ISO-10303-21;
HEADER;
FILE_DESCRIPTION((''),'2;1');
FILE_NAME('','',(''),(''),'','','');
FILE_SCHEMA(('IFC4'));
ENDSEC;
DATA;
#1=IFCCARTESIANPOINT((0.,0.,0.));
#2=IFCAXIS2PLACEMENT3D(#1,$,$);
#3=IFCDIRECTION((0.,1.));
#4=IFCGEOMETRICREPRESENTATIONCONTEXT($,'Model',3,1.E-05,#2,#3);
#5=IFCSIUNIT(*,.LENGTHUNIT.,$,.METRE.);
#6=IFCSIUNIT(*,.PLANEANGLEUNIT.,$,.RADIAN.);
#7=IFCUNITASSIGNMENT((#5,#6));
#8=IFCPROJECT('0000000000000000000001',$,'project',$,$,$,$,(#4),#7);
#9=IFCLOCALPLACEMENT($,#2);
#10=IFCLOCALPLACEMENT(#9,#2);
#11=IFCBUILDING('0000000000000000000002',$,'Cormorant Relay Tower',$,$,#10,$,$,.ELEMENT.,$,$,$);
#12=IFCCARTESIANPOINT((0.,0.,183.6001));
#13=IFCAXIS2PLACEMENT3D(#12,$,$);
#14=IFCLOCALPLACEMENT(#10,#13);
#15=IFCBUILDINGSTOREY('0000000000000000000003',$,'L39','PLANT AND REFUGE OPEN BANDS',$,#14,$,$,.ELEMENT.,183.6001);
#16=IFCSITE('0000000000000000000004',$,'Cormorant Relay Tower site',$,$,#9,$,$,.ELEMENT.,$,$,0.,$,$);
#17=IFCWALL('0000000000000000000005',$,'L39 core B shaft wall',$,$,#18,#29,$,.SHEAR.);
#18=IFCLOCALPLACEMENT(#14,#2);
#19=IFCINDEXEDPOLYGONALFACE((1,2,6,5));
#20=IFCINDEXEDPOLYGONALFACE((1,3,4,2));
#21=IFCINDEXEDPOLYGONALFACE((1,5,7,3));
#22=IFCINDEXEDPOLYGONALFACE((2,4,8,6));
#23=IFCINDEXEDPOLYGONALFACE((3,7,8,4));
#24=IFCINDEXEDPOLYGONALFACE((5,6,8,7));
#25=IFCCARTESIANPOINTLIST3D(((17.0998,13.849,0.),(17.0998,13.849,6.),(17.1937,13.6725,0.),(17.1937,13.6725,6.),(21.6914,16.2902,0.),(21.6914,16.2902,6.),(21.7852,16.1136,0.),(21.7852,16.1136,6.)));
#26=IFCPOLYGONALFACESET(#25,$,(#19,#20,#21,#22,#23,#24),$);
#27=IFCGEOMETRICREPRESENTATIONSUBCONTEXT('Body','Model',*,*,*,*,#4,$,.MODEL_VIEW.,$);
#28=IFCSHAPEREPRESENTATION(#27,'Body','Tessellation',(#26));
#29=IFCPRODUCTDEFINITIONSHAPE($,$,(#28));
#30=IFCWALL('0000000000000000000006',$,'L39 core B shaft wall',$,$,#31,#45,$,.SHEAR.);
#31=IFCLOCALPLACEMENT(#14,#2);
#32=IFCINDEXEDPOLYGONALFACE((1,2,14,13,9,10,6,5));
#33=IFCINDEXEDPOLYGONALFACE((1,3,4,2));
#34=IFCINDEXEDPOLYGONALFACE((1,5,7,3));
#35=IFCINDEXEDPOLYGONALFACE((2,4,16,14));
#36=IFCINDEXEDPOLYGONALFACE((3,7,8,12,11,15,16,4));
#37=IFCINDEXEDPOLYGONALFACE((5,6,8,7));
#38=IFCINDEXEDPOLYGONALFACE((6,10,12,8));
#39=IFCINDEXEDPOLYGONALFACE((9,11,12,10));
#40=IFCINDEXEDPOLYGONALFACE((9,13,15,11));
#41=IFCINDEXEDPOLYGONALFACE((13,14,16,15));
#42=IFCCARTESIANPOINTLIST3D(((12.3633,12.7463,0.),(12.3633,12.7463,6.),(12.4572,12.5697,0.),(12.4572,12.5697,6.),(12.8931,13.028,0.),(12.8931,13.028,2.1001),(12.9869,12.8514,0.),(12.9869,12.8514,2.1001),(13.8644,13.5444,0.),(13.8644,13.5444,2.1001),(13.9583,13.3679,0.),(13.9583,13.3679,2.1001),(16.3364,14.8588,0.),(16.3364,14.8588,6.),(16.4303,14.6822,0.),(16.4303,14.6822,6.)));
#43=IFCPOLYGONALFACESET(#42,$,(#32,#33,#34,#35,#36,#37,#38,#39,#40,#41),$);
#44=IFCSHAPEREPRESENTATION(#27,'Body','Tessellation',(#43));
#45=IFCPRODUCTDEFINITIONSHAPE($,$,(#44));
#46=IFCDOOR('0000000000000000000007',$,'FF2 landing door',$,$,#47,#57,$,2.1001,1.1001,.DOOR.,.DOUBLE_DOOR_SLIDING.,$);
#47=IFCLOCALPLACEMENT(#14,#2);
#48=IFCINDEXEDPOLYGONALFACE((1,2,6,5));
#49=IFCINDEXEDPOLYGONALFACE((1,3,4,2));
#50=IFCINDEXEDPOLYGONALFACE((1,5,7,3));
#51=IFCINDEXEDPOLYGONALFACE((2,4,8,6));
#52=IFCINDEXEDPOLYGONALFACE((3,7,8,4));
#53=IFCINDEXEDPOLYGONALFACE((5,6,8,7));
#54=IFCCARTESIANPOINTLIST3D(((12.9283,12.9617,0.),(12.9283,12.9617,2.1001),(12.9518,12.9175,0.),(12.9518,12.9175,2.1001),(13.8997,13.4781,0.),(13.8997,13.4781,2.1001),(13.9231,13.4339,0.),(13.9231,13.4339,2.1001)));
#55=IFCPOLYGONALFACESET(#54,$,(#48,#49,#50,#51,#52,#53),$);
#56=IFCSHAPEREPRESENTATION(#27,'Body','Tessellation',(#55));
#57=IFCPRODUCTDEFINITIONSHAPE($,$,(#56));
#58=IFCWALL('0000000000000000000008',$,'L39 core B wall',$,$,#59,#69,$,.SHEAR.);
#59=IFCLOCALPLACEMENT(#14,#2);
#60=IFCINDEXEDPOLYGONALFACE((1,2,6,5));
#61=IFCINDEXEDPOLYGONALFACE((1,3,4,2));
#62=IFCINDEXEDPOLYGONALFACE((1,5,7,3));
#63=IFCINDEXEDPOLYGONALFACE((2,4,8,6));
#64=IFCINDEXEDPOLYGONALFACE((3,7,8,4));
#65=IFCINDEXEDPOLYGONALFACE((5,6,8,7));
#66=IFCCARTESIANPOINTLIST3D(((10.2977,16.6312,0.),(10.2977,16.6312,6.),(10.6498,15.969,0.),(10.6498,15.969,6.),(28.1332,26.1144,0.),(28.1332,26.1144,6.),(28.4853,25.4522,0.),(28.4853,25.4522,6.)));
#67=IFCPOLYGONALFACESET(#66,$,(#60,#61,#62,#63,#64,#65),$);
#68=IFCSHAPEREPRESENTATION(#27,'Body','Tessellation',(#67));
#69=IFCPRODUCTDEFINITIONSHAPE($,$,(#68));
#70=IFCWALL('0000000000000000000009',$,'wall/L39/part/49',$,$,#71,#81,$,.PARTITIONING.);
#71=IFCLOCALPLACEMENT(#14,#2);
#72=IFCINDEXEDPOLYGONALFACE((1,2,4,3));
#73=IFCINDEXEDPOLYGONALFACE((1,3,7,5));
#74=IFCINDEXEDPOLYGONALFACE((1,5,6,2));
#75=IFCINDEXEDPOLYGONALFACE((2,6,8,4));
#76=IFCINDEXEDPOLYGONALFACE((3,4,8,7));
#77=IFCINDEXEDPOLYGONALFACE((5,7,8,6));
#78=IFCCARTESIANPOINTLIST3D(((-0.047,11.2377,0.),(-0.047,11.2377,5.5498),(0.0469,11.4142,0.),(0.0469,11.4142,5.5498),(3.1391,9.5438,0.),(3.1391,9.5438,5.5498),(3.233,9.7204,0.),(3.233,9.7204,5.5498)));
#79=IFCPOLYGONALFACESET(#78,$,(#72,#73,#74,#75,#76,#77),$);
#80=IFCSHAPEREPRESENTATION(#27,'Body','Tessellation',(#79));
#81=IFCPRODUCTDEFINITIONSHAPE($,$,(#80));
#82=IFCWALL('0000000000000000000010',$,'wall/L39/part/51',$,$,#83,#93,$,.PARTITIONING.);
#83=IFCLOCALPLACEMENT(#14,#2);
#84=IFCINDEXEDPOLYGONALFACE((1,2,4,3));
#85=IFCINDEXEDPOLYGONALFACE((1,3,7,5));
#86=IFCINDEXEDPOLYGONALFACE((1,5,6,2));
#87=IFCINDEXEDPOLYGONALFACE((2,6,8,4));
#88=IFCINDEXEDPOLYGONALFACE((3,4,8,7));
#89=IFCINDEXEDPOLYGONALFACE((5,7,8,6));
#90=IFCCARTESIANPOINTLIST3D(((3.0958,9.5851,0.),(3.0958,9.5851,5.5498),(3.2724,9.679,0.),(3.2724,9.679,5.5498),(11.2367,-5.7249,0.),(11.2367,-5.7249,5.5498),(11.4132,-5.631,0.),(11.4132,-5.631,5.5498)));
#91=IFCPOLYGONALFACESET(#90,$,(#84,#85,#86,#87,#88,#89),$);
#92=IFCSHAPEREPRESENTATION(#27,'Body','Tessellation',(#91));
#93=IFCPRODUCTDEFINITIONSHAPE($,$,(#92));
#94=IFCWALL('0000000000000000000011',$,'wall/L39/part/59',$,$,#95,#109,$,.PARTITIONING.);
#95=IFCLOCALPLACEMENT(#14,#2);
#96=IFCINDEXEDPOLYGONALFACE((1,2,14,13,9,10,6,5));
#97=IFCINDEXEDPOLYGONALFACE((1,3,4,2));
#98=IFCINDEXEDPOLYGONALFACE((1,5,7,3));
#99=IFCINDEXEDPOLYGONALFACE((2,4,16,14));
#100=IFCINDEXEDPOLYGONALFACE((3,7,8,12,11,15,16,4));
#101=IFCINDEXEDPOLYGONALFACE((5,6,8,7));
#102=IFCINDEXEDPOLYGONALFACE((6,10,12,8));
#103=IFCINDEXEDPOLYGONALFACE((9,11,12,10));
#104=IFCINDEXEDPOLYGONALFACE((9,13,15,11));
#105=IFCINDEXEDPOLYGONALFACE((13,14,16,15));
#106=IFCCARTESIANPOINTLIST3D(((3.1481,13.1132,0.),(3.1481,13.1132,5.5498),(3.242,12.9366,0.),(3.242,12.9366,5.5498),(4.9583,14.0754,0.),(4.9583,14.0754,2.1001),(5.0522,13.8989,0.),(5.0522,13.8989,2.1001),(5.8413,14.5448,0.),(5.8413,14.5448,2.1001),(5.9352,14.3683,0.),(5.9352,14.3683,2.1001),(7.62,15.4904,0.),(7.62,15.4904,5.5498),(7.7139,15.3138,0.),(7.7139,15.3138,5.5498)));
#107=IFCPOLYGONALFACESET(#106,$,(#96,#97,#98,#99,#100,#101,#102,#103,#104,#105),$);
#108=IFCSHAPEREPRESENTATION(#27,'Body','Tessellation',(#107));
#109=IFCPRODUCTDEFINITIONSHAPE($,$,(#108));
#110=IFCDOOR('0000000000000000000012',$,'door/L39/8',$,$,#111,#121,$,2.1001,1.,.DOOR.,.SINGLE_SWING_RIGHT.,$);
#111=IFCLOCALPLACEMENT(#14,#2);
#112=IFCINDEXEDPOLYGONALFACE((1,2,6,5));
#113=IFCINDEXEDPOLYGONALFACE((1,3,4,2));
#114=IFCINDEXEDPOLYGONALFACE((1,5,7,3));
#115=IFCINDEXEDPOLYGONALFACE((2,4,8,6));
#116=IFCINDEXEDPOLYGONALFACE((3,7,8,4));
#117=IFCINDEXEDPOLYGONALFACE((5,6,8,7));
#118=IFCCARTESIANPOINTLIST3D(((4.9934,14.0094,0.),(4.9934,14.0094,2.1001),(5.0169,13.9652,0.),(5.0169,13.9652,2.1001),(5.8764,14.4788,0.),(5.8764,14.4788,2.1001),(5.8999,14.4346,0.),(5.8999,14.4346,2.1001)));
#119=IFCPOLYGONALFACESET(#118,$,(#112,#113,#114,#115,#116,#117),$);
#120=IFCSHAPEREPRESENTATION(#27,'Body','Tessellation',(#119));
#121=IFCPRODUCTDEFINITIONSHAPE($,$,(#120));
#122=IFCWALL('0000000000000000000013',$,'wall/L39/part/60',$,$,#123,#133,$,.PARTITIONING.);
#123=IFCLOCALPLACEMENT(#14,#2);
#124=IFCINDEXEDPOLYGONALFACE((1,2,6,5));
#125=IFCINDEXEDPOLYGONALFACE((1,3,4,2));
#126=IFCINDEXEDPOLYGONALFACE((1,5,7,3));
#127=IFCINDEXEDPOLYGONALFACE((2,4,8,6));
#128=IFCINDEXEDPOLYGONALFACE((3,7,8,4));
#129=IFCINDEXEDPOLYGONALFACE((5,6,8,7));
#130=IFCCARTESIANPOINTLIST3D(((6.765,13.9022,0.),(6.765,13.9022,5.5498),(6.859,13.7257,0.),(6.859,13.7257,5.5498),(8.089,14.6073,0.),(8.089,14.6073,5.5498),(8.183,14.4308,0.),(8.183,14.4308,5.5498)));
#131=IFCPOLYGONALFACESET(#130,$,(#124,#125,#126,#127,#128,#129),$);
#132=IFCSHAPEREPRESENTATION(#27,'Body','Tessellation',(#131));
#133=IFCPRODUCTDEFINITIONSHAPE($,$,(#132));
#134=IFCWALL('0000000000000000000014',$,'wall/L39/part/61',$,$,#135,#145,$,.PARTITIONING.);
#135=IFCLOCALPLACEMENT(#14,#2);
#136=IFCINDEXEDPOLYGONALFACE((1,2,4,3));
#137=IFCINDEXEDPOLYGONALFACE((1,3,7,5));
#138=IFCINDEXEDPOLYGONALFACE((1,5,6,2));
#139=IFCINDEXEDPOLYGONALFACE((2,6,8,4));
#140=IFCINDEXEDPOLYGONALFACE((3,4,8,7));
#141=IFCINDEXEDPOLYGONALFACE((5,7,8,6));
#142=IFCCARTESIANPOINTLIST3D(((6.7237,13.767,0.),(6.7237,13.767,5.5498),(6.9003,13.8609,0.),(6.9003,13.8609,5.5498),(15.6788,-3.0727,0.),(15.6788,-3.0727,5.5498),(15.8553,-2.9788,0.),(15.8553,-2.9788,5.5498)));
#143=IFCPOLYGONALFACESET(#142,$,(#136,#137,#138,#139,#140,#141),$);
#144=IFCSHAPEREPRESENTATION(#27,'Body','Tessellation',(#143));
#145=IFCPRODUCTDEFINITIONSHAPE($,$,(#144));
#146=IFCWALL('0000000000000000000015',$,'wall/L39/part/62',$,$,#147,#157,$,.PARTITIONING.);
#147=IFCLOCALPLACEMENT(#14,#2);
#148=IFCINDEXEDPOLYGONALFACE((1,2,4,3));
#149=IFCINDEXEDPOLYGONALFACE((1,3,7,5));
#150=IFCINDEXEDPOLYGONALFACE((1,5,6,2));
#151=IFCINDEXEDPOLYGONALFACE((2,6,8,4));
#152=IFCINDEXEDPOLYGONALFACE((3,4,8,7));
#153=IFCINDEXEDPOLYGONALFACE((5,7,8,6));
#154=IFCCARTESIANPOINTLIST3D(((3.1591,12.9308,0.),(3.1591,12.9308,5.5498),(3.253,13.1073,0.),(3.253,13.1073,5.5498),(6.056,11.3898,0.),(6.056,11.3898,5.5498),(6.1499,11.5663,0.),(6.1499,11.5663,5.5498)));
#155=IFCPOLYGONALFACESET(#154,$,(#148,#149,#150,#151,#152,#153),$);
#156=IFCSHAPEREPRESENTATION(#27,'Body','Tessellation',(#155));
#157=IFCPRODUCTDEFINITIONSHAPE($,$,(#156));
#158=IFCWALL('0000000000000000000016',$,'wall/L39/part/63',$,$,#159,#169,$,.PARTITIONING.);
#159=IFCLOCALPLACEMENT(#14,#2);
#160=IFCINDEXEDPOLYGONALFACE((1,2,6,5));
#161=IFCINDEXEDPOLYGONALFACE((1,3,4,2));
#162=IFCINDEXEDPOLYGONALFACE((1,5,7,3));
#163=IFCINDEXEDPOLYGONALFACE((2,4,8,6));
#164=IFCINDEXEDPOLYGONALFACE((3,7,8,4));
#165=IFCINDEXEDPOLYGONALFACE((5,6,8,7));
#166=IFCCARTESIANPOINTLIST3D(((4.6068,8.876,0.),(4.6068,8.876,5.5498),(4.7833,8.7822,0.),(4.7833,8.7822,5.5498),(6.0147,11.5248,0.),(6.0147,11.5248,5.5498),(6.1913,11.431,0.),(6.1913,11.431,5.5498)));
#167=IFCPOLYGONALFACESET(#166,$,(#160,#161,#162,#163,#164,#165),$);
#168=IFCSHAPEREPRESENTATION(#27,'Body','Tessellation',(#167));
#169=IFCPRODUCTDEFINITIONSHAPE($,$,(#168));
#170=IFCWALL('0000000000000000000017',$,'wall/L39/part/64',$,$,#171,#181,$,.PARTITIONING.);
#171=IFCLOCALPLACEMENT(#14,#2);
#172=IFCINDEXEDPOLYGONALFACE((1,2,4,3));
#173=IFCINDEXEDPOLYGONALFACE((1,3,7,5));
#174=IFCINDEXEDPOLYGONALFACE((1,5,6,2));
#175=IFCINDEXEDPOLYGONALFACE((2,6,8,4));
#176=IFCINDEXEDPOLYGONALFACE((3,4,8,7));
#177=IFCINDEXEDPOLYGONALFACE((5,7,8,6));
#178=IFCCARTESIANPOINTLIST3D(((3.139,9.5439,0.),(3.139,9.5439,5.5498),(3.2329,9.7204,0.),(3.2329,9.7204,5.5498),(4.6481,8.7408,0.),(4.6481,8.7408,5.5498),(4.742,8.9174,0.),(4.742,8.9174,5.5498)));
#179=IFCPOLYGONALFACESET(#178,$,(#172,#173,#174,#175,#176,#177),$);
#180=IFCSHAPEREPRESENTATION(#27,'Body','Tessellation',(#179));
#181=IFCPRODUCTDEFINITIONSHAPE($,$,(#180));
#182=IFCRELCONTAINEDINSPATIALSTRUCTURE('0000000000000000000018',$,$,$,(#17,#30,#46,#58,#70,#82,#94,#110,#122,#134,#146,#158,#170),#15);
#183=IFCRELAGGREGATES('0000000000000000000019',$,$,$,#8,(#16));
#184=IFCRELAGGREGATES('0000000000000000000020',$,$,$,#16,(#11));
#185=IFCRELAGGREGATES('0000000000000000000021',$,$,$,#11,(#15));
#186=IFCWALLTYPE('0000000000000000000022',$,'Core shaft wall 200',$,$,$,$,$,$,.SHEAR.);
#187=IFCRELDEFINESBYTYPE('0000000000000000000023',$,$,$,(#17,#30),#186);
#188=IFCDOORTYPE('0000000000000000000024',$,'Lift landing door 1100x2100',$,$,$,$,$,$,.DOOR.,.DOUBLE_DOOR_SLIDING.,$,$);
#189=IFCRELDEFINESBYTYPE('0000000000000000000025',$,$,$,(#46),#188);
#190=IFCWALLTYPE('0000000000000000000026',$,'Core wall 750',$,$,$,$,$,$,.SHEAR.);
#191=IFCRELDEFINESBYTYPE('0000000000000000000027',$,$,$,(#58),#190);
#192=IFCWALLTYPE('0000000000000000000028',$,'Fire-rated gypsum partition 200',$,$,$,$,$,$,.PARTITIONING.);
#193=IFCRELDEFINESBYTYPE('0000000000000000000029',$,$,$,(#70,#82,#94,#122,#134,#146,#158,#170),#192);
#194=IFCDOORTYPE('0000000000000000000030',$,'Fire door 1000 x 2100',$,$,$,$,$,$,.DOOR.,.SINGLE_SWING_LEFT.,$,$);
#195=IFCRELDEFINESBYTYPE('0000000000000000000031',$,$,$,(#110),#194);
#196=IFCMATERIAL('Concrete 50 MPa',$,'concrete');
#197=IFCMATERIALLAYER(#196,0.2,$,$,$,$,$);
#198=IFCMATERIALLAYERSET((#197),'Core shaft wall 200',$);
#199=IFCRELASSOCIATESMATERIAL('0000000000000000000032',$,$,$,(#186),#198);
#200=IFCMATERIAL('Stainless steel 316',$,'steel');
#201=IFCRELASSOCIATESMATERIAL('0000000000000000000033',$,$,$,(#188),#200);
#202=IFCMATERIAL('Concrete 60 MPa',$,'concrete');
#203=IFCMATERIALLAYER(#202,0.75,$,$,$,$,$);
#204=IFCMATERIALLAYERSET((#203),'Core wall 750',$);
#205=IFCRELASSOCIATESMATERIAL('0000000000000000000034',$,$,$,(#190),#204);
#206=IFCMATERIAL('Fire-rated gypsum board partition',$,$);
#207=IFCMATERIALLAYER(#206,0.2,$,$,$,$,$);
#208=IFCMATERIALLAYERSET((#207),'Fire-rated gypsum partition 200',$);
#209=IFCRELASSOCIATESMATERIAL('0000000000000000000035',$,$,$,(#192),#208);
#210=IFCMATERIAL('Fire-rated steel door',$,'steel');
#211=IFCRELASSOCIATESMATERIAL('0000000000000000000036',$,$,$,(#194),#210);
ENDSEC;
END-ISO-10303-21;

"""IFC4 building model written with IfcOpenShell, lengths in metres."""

from ifc_helpers import new_model, si_unit, direction, frame, frame_2d, origin, place, context, subcontext, project, spatial, rectangle, extrude, material, layer, layer_set, type_object, element, fill, save


model = new_model("IFC4")

# Units and contexts
model_context = context("Model", 3, precision=1e-05, world=origin(), true_north=direction((0.0, 1.0)))
body_context = subcontext(model_context, "Body", "Model", "MODEL_VIEW")
ifc_project = project(units=[si_unit("LENGTHUNIT", "METRE"), si_unit("PLANEANGLEUNIT", "RADIAN")], contexts=[model_context])

# Site, building, storey
site_placement = place(None, origin())
site = spatial("IfcSite", under=ifc_project, at=site_placement, Name="Cormorant Relay Tower site", CompositionType="ELEMENT", RefElevation=0.0)
building_placement = place(site_placement, origin())
building = spatial("IfcBuilding", under=site, at=building_placement, Name="Cormorant Relay Tower", CompositionType="ELEMENT")
storey_placement = place(building_placement, frame((0.0, 0.0, 183.6001)))
storey = spatial("IfcBuildingStorey", under=building, at=storey_placement, Name="L39", Description="PLANT AND REFUGE OPEN BANDS", CompositionType="ELEMENT", Elevation=183.6001)

# Shared definitions
ifc_material_1 = material(Name="Concrete 50 MPa", Category="concrete")
ifc_layer_1 = layer(ifc_material_1, 0.2)
ifc_layer_set_1 = layer_set([ifc_layer_1], Name="Core shaft wall 200")
wall_type_1 = type_object("IfcWallType", Name="Core shaft wall 200", PredefinedType="SHEAR", material=ifc_layer_set_1)

# Wall
wall_1_placement = place(storey_placement, frame((17.1467, 13.7607, 0.0), z_axis=(0.0, 0.0, 1.0), x_axis=(0.882964, 0.46944, 0.0)))
element("IfcWall", 1, at=wall_1_placement, inside=storey, type_object=wall_type_1, Name="L39 core B shaft wall", PredefinedType="SHEAR", context=body_context, shape_type="SweptSolid", body=[
    extrude(rectangle(XDim=5.2002, YDim=0.2, at=frame_2d((2.6001, 0.0))), origin(), (0.0, 0.0, 1.0), 6.0),
])

# Wall, opening, door
wall_2_placement = place(storey_placement, frame((12.4102, 12.658, 0.0), z_axis=(0.0, 0.0, 1.0), x_axis=(0.882948, 0.46947, 0.0)))
wall_2 = element("IfcWall", 2, at=wall_2_placement, inside=storey, type_object=wall_type_1, Name="L39 core B shaft wall", PredefinedType="SHEAR", context=body_context, shape_type="SweptSolid", body=[
    extrude(rectangle(XDim=4.4998, YDim=0.2, at=frame_2d((2.25, 0.0))), origin(), (0.0, 0.0, 1.0), 6.0),
])
opening_1_placement = place(wall_2_placement, frame((0.6001, 0.0, 0.0)))
opening_1 = element("IfcOpeningElement", 3, at=opening_1_placement, cuts=wall_2, PredefinedType="OPENING", context=body_context, shape_type="SweptSolid", body=[
    extrude(rectangle(XDim=1.1001, YDim=2.1001, at=frame_2d((0.55, 1.05))), frame((0.0, 0.1099, 0.0), z_axis=(0.0, -1.0, 0.0), x_axis=(1.0, 0.0, 0.0)), (0.0, 0.0, 1.0), 0.22),
])
ifc_material_2 = material(Name="Stainless steel 316", Category="steel")
door_type_1 = type_object("IfcDoorType", Name="Lift landing door 1100x2100", OperationType="DOUBLE_DOOR_SLIDING", PredefinedType="DOOR", material=ifc_material_2)
door_1_placement = place(opening_1_placement, origin())
door_1 = element("IfcDoor", 4, at=door_1_placement, inside=storey, type_object=door_type_1, Name="FF2 landing door", OperationType="DOUBLE_DOOR_SLIDING", OverallHeight=2.1001, OverallWidth=1.1001, PredefinedType="DOOR", context=body_context, shape_type="SweptSolid", body=[
    extrude(rectangle(XDim=1.1001, YDim=2.1001, at=frame_2d((0.55, 1.05))), frame((0.0, 0.0249, 0.0), z_axis=(0.0, -1.0, 0.0), x_axis=(1.0, 0.0, 0.0)), (0.0, 0.0, 1.0), 0.05),
])
fill(opening_1, door_1)

# Walls
ifc_material_3 = material(Name="Concrete 60 MPa", Category="concrete")
ifc_layer_2 = layer(ifc_material_3, 0.75)
ifc_layer_set_2 = layer_set([ifc_layer_2], Name="Core wall 750")
wall_type_2 = type_object("IfcWallType", Name="Core wall 750", PredefinedType="SHEAR", material=ifc_layer_set_2)
wall_3_placement = place(storey_placement, frame((10.4736, 16.3, 0.0), z_axis=(0.0, 0.0, 1.0), x_axis=(0.88295, 0.469467, 0.0)))
element("IfcWall", 5, at=wall_3_placement, inside=storey, type_object=wall_type_2, Name="L39 core B wall", PredefinedType="SHEAR", context=body_context, shape_type="SweptSolid", body=[
    extrude(rectangle(XDim=20.2, YDim=0.75, at=frame_2d((10.1001, 0.0))), origin(), (0.0, 0.0, 1.0), 6.0),
])
ifc_material_4 = material(Name="Fire-rated gypsum board partition")
ifc_layer_3 = layer(ifc_material_4, 0.2)
ifc_layer_set_3 = layer_set([ifc_layer_3], Name="Fire-rated gypsum partition 200")
wall_type_3 = type_object("IfcWallType", Name="Fire-rated gypsum partition 200", PredefinedType="PARTITIONING", material=ifc_layer_set_3)
wall_4_placement = place(storey_placement, frame((3.186, 9.6321, 0.0), z_axis=(0.0, 0.0, 1.0), x_axis=(-0.88297, 0.469429, 0.0)))
element("IfcWall", 6, at=wall_4_placement, inside=storey, type_object=wall_type_3, Name="wall/L39/part/49", PredefinedType="PARTITIONING", context=body_context, shape_type="SweptSolid", body=[
    extrude(rectangle(XDim=3.6084, YDim=0.2, at=frame_2d((1.8042, 0.0))), origin(), (0.0, 0.0, 1.0), 5.5498),
])
wall_5_placement = place(storey_placement, frame((3.1841, 9.6321, 0.0), z_axis=(0.0, 0.0, 1.0), x_axis=(0.469488, -0.882939, 0.0)))
element("IfcWall", 7, at=wall_5_placement, inside=storey, type_object=wall_type_3, Name="wall/L39/part/51", PredefinedType="PARTITIONING", context=body_context, shape_type="SweptSolid", body=[
    extrude(rectangle(XDim=17.3398, YDim=0.2, at=frame_2d((8.6699, 0.0))), origin(), (0.0, 0.0, 1.0), 5.5498),
])

# Wall, opening, door
wall_6_placement = place(storey_placement, frame((3.1951, 13.0249, 0.0), z_axis=(0.0, 0.0, 1.0), x_axis=(0.882994, 0.469384, 0.0)))
wall_6 = element("IfcWall", 8, at=wall_6_placement, inside=storey, type_object=wall_type_3, Name="wall/L39/part/59", PredefinedType="PARTITIONING", context=body_context, shape_type="SweptSolid", body=[
    extrude(rectangle(XDim=5.0645, YDim=0.2, at=frame_2d((2.5322, 0.0))), origin(), (0.0, 0.0, 1.0), 5.5498),
])
opening_2_placement = place(wall_6_placement, frame((2.05, 0.0, 0.0)))
opening_2 = element("IfcOpeningElement", 9, at=opening_2_placement, cuts=wall_6, PredefinedType="OPENING", context=body_context, shape_type="SweptSolid", body=[
    extrude(rectangle(XDim=1.0, YDim=2.1001, at=frame_2d((0.5, 1.05))), frame((0.0, 0.1099, 0.0), z_axis=(0.0, -1.0, 0.0), x_axis=(1.0, 0.0, 0.0)), (0.0, 0.0, 1.0), 0.22),
])
ifc_material_5 = material(Name="Fire-rated steel door", Category="steel")
door_type_2 = type_object("IfcDoorType", Name="Fire door 1000 x 2100", OperationType="SINGLE_SWING_LEFT", PredefinedType="DOOR", material=ifc_material_5)
door_2_placement = place(opening_2_placement, frame((1.0, 0.0, 0.0), z_axis=(0.0, 0.0, 1.0), x_axis=(-1.0, 0.0, 0.0)))
door_2 = element("IfcDoor", 10, at=door_2_placement, inside=storey, type_object=door_type_2, Name="door/L39/8", OperationType="SINGLE_SWING_RIGHT", OverallHeight=2.1001, OverallWidth=1.0, PredefinedType="DOOR", context=body_context, shape_type="SweptSolid", body=[
    extrude(rectangle(XDim=1.0, YDim=2.1001, at=frame_2d((0.5, 1.05))), frame((0.0, 0.0249, 0.0), z_axis=(0.0, -1.0, 0.0), x_axis=(1.0, 0.0, 0.0)), (0.0, 0.0, 1.0), 0.05),
])
fill(opening_2, door_2)

# Walls
wall_7_placement = place(storey_placement, frame((8.136, 14.519, 0.0), z_axis=(0.0, 0.0, 1.0), x_axis=(-0.882641, -0.470047, 0.0)))
element("IfcWall", 11, at=wall_7_placement, inside=storey, type_object=wall_type_3, Name="wall/L39/part/60", PredefinedType="PARTITIONING", context=body_context, shape_type="SweptSolid", body=[
    extrude(rectangle(XDim=1.5, YDim=0.2, at=frame_2d((0.75, 0.0))), origin(), (0.0, 0.0, 1.0), 5.5498),
])
wall_8_placement = place(storey_placement, frame((6.812, 13.814, 0.0), z_axis=(0.0, 0.0, 1.0), x_axis=(0.46952, -0.882922, 0.0)))
element("IfcWall", 12, at=wall_8_placement, inside=storey, type_object=wall_type_3, Name="wall/L39/part/61", PredefinedType="PARTITIONING", context=body_context, shape_type="SweptSolid", body=[
    extrude(rectangle(XDim=19.0728, YDim=0.2, at=frame_2d((9.5364, 0.0))), origin(), (0.0, 0.0, 1.0), 5.5498),
])
wall_9_placement = place(storey_placement, frame((3.2061, 13.019, 0.0), z_axis=(0.0, 0.0, 1.0), x_axis=(0.882863, -0.46963, 0.0)))
element("IfcWall", 13, at=wall_9_placement, inside=storey, type_object=wall_type_3, Name="wall/L39/part/62", PredefinedType="PARTITIONING", context=body_context, shape_type="SweptSolid", body=[
    extrude(rectangle(XDim=3.2812, YDim=0.2, at=frame_2d((1.6406, 0.0))), origin(), (0.0, 0.0, 1.0), 5.5498),
])
wall_10_placement = place(storey_placement, frame((6.103, 11.478, 0.0), z_axis=(0.0, 0.0, 1.0), x_axis=(-0.469342, -0.883017, 0.0)))
element("IfcWall", 14, at=wall_10_placement, inside=storey, type_object=wall_type_3, Name="wall/L39/part/63", PredefinedType="PARTITIONING", context=body_context, shape_type="SweptSolid", body=[
    extrude(rectangle(XDim=2.9998, YDim=0.2, at=frame_2d((1.5, 0.0))), origin(), (0.0, 0.0, 1.0), 5.5498),
])
wall_11_placement = place(storey_placement, frame((4.6951, 8.8291, 0.0), z_axis=(0.0, 0.0, 1.0), x_axis=(-0.882799, 0.46975, 0.0)))
element("IfcWall", 15, at=wall_11_placement, inside=storey, type_object=wall_type_3, Name="wall/L39/part/64", PredefinedType="PARTITIONING", context=body_context, shape_type="SweptSolid", body=[
    extrude(rectangle(XDim=1.7095, YDim=0.2, at=frame_2d((0.8547, 0.0))), origin(), (0.0, 0.0, 1.0), 5.5498),
])

save(model, "model.ifc")
